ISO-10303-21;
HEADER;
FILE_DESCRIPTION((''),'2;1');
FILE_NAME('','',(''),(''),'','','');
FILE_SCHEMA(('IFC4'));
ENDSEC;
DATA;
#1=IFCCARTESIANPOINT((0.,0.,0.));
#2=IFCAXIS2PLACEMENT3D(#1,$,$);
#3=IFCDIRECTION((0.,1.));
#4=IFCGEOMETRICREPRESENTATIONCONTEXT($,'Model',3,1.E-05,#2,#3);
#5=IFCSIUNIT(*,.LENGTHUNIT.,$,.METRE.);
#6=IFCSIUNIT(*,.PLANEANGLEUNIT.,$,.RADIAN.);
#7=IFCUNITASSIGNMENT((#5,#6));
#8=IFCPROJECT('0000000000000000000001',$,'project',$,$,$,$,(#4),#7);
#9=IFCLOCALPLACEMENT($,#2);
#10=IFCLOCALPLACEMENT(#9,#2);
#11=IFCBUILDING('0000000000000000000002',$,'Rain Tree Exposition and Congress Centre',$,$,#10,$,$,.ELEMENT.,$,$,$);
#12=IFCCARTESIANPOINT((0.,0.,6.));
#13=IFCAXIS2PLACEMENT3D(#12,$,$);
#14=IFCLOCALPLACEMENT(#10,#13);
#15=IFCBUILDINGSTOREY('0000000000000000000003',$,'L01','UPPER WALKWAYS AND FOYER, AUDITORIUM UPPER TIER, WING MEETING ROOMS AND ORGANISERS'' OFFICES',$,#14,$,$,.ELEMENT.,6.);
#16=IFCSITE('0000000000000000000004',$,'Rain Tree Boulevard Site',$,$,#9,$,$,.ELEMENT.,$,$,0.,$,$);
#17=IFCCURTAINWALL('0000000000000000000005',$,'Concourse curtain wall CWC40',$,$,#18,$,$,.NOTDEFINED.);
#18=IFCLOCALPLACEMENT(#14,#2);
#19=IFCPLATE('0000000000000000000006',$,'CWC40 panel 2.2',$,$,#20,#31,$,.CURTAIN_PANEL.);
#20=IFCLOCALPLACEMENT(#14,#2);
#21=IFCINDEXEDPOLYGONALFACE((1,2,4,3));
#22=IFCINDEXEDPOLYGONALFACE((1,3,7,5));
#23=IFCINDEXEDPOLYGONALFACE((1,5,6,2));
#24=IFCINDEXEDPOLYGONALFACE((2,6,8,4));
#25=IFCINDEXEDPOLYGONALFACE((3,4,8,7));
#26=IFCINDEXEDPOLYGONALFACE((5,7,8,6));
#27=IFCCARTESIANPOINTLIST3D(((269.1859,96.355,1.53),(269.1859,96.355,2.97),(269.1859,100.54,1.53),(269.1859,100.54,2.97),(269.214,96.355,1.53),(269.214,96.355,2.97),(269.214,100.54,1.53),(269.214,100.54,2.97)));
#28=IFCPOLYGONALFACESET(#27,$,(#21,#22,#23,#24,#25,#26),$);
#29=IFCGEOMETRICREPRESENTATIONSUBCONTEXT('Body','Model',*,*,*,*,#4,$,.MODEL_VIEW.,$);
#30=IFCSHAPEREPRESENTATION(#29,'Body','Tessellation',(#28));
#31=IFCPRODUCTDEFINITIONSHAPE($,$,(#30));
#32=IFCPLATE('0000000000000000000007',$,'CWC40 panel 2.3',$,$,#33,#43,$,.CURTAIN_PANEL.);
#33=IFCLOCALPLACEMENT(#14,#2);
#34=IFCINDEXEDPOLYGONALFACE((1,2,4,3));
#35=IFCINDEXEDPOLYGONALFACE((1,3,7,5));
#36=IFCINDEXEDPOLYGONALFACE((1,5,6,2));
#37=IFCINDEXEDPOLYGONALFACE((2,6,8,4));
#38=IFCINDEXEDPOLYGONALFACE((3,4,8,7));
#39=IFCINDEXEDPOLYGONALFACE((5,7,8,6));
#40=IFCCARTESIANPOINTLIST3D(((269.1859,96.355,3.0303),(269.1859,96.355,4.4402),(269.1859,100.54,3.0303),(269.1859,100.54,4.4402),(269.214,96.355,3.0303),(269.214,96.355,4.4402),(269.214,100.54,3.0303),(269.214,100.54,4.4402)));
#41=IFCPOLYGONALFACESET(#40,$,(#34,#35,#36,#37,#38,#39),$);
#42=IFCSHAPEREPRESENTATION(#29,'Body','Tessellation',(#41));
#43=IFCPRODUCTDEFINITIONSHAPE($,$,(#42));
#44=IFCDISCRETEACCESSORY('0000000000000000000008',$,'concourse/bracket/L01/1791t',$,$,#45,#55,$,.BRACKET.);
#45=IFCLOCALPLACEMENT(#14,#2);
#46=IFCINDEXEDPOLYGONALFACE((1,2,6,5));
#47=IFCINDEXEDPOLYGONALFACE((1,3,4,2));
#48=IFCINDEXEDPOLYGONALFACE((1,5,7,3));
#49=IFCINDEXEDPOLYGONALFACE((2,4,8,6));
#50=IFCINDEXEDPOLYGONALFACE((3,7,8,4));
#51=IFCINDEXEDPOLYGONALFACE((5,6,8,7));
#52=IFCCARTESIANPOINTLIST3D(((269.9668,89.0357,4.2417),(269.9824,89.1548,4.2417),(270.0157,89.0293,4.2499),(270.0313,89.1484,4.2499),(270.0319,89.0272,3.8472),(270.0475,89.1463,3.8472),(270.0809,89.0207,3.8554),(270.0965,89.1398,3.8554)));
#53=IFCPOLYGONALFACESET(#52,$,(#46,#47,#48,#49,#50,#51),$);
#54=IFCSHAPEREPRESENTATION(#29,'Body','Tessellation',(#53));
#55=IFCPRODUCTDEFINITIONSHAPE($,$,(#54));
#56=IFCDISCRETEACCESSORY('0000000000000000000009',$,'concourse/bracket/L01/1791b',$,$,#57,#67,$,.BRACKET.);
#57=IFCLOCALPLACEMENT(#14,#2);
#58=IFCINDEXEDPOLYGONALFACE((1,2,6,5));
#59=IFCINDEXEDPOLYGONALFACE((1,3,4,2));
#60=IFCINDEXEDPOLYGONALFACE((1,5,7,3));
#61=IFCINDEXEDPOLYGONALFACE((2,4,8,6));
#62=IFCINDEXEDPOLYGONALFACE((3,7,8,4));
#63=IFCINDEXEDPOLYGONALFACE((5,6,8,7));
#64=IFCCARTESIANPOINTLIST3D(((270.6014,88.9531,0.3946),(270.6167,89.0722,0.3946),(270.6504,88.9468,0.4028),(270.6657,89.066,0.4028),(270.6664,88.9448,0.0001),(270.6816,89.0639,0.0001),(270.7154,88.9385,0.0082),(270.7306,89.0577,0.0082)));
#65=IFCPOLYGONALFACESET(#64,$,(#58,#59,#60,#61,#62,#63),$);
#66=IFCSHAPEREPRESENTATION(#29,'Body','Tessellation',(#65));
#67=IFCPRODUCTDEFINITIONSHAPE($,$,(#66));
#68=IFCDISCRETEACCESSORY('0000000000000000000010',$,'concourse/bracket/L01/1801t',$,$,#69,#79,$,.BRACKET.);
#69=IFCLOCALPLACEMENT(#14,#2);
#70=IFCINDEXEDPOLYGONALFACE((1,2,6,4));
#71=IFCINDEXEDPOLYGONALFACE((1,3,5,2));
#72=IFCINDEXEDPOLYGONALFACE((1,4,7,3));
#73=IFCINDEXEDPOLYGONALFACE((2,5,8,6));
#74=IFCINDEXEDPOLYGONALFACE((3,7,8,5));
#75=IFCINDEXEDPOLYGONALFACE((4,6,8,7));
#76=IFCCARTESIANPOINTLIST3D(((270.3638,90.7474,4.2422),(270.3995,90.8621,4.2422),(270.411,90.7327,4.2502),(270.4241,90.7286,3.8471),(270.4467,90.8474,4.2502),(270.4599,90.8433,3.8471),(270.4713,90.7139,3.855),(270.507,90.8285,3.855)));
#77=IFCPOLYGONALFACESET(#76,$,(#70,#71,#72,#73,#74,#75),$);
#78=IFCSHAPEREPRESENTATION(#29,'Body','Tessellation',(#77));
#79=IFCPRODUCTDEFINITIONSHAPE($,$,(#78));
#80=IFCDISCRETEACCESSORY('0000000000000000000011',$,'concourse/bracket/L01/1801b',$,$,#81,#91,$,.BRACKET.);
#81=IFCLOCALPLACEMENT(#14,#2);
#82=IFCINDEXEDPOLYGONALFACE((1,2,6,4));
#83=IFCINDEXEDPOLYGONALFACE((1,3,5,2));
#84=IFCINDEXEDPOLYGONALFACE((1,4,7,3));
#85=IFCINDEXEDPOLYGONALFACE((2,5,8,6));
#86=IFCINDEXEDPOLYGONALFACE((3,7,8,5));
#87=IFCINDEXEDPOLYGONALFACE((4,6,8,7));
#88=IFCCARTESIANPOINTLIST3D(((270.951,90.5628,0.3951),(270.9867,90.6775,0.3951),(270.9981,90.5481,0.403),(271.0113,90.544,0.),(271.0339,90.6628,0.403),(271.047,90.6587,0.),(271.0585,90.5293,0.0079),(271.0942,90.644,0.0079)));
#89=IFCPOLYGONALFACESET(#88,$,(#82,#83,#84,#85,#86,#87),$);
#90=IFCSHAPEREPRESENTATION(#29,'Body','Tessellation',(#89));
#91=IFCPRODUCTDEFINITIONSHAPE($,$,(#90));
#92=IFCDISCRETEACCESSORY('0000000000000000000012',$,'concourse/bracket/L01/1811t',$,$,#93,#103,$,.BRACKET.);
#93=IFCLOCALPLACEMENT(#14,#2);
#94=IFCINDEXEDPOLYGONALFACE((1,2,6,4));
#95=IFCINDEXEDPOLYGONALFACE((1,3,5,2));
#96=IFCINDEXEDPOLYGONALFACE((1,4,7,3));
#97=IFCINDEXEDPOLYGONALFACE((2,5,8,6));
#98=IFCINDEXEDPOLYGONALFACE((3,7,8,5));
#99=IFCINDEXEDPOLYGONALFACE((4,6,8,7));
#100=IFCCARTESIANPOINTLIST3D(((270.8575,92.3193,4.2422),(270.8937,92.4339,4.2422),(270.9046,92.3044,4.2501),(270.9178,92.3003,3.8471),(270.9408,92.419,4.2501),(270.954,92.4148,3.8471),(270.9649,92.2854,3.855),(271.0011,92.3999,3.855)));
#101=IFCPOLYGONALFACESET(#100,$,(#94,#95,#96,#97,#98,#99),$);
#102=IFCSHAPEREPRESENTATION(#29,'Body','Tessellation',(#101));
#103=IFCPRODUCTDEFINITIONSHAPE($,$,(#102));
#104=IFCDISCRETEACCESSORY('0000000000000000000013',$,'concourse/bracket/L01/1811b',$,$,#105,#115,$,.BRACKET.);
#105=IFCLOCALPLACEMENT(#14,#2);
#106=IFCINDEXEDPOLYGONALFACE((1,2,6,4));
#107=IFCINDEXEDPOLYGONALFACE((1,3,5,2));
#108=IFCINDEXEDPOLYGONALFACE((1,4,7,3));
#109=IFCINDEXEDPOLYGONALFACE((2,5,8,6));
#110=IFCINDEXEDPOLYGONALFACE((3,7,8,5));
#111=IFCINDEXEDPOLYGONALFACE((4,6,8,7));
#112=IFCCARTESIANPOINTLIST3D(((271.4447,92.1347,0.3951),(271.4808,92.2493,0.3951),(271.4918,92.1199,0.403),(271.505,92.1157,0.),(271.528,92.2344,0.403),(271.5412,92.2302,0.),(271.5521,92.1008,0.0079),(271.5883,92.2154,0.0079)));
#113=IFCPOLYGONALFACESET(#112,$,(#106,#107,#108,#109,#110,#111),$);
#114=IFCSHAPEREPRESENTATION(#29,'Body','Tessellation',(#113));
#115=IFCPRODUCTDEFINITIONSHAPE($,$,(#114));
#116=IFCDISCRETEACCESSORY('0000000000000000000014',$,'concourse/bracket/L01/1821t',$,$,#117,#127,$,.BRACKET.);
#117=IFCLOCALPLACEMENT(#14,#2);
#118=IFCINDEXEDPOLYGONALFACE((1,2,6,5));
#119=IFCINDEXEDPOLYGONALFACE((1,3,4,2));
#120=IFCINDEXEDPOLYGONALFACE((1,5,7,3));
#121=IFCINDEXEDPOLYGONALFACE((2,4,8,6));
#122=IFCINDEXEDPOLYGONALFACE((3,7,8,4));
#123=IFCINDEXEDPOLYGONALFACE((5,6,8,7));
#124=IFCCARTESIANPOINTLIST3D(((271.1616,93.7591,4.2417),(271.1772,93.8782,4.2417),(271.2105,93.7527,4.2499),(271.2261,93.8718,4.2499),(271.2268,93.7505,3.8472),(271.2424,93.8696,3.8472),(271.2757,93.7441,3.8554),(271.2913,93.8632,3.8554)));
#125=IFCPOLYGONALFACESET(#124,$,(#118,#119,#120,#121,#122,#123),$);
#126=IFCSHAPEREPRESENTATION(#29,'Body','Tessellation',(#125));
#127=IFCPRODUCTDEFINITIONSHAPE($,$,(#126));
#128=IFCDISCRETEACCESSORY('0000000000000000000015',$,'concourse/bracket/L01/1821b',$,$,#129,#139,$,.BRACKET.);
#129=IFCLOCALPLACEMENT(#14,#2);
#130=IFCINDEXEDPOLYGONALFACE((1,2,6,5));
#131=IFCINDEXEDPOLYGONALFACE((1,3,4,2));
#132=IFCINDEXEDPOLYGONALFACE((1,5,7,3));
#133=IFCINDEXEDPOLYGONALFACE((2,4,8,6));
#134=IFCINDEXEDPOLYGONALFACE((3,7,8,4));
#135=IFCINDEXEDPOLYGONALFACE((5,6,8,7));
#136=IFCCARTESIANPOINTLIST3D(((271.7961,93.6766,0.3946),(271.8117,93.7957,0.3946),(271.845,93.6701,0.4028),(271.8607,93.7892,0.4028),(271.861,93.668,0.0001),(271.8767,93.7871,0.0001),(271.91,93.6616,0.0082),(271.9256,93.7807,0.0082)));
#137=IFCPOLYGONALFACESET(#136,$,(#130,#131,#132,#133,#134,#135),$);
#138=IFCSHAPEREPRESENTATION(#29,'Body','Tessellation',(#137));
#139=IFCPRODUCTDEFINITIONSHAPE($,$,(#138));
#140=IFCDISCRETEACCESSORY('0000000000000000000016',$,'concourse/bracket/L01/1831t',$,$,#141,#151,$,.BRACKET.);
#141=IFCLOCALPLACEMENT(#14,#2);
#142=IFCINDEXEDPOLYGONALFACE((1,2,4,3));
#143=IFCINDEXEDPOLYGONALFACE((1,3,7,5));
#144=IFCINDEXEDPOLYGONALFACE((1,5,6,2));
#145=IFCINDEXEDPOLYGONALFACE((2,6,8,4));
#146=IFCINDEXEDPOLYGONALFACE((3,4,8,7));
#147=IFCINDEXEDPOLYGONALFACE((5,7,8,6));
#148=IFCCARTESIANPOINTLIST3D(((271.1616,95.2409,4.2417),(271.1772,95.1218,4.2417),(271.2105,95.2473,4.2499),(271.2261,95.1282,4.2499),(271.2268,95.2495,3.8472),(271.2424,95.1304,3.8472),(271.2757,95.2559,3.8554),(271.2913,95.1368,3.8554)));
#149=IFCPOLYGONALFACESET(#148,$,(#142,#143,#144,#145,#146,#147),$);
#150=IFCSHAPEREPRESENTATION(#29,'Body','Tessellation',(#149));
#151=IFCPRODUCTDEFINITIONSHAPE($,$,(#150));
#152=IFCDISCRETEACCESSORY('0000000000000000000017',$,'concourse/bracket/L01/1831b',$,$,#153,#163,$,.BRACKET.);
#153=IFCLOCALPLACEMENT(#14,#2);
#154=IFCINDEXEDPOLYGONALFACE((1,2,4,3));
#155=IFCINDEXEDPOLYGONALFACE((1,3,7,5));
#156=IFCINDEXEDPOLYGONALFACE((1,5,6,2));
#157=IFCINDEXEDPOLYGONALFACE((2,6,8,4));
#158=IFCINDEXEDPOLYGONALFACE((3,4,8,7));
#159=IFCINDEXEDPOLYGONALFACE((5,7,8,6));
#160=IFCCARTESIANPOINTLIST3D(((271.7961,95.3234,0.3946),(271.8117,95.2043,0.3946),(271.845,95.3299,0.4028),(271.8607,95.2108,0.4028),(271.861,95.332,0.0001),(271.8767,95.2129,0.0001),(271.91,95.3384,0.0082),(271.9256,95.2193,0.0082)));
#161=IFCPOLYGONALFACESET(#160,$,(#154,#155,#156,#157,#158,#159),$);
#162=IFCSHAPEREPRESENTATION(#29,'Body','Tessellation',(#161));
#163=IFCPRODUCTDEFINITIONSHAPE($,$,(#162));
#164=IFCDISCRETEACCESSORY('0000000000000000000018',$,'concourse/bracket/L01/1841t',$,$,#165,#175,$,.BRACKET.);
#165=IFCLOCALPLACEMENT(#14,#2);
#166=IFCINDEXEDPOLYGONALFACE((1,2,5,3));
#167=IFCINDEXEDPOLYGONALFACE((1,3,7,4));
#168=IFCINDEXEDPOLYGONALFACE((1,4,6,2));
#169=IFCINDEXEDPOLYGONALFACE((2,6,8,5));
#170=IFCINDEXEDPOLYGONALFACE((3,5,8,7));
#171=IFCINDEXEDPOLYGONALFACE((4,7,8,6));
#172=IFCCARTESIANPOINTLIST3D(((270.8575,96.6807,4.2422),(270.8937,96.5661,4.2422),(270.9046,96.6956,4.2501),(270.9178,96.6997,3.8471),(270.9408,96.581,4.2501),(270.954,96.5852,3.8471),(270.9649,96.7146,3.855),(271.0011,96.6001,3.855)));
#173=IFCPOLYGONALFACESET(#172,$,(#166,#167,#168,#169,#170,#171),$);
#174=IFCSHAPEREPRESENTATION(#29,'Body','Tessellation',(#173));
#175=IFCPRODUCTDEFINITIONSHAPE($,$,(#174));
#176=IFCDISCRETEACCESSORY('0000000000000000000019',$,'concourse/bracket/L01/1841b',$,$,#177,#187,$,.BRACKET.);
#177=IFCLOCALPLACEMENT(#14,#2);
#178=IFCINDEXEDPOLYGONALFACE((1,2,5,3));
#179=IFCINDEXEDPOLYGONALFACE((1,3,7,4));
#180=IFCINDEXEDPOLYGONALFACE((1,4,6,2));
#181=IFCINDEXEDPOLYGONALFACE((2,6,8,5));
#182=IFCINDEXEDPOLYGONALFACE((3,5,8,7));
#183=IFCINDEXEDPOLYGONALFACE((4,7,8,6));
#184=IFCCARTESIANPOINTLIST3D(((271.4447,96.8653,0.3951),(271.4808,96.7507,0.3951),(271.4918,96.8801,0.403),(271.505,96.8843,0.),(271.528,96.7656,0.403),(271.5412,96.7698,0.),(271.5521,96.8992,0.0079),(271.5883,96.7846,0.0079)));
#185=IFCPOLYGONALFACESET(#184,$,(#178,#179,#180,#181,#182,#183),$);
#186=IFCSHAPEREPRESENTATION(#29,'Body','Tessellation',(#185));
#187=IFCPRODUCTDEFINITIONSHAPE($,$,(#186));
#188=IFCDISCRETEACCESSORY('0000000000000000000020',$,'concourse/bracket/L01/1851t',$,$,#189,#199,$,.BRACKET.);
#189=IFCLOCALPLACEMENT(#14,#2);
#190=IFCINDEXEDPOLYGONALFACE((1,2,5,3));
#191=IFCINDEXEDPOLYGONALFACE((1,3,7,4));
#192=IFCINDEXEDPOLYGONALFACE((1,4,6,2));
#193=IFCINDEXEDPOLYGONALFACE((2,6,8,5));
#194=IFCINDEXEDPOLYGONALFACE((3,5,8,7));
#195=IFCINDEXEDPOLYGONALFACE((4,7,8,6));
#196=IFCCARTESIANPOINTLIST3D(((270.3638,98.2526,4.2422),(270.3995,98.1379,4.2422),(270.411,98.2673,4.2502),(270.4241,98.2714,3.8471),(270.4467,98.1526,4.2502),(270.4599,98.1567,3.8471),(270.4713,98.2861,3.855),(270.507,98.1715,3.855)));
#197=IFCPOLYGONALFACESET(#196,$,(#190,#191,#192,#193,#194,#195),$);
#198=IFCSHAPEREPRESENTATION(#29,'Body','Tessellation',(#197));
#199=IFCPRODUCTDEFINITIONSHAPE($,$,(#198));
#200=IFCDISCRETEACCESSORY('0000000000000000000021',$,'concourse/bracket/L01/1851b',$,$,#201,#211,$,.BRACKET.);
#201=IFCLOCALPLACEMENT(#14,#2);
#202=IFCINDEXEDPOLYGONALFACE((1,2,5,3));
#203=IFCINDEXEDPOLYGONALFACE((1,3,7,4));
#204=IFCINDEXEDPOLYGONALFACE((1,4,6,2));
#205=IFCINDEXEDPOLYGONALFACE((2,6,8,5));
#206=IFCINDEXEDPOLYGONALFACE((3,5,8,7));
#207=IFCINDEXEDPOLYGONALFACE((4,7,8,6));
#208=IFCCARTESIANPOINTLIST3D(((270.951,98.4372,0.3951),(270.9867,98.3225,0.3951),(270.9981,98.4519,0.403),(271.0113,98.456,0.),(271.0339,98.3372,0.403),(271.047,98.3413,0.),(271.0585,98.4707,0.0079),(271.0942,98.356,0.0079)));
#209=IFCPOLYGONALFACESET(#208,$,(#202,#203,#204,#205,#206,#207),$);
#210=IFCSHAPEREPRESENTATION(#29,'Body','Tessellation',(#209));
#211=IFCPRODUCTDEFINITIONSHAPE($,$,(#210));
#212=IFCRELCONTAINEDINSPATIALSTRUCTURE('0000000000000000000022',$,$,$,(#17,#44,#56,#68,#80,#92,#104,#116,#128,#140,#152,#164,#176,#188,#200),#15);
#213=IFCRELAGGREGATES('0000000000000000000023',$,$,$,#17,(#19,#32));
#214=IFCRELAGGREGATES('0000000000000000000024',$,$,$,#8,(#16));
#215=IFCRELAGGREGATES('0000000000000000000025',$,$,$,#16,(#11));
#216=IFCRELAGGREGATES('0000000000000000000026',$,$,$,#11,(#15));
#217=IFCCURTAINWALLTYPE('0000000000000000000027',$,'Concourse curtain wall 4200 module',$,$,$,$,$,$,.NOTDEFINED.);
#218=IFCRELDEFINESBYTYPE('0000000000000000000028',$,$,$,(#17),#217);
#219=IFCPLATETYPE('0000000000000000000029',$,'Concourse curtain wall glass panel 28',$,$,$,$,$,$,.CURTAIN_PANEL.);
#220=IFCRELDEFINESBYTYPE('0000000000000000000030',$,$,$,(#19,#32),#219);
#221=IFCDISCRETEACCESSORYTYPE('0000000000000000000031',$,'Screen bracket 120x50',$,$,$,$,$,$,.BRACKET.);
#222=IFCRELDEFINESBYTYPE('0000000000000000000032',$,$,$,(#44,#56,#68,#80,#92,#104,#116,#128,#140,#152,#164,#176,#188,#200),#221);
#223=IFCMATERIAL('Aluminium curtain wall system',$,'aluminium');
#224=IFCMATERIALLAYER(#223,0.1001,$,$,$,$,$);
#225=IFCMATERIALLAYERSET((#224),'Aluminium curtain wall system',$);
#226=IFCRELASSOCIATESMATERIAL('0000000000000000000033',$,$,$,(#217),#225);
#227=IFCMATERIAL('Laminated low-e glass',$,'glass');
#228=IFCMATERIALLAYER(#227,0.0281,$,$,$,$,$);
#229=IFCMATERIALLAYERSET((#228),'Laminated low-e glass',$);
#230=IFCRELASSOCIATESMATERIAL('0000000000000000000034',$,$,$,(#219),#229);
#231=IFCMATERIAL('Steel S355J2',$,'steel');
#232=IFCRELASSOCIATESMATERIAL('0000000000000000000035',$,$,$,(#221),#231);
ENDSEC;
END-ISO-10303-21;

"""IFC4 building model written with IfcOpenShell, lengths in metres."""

from ifc_helpers import new_model, si_unit, direction, frame, origin, origin_2d, place, context, subcontext, project, spatial, rectangle, extrude, material, layer, layer_set, material_profile, profile_set, type_object, element, aggregate, save


model = new_model("IFC4")

# Units and contexts
model_context = context("Model", 3, precision=1e-05, world=origin(), true_north=direction((0.0, 1.0)))
body_context = subcontext(model_context, "Body", "Model", "MODEL_VIEW")
ifc_project = project(units=[si_unit("LENGTHUNIT", "METRE"), si_unit("PLANEANGLEUNIT", "RADIAN")], contexts=[model_context])

# Site, building, storey
site_placement = place(None, origin())
site = spatial("IfcSite", under=ifc_project, at=site_placement, Name="Rain Tree Boulevard Site", CompositionType="ELEMENT", RefElevation=0.0)
building_placement = place(site_placement, origin())
building = spatial("IfcBuilding", under=site, at=building_placement, Name="Rain Tree Exposition and Congress Centre", CompositionType="ELEMENT")
storey_placement = place(building_placement, frame((0.0, 0.0, 6.0)))
storey = spatial("IfcBuildingStorey", under=building, at=storey_placement, Name="L01", Description="UPPER WALKWAYS AND FOYER, AUDITORIUM UPPER TIER, WING MEETING ROOMS AND ORGANISERS' OFFICES", CompositionType="ELEMENT", Elevation=6.0)

# Curtain wall, plates
ifc_material_1 = material(Name="Aluminium curtain wall system", Category="aluminium")
ifc_layer_1 = layer(ifc_material_1, 0.1001)
ifc_layer_set_1 = layer_set([ifc_layer_1], Name="Aluminium curtain wall system")
curtain_wall_type = type_object("IfcCurtainWallType", Name="Concourse curtain wall 4200 module", PredefinedType="NOTDEFINED", material=ifc_layer_set_1)
curtain_wall_placement = place(storey_placement, origin())
curtain_wall = element("IfcCurtainWall", 1, at=curtain_wall_placement, inside=storey, type_object=curtain_wall_type, Name="Concourse curtain wall CWC40", PredefinedType="NOTDEFINED")
ifc_material_2 = material(Name="Laminated low-e glass", Category="glass")
ifc_layer_2 = layer(ifc_material_2, 0.0281)
ifc_layer_set_2 = layer_set([ifc_layer_2], Name="Laminated low-e glass")
plate_type = type_object("IfcPlateType", Name="Concourse curtain wall glass panel 28", PredefinedType="CURTAIN_PANEL", material=ifc_layer_set_2)
plate_1_placement = place(storey_placement, frame((269.2, 98.4475, 1.53), z_axis=(0.0, 0.0, 1.0), x_axis=(0.0, 1.0, 0.0)))
plate_1 = element("IfcPlate", 2, at=plate_1_placement, type_object=plate_type, Name="CWC40 panel 2.2", PredefinedType="CURTAIN_PANEL", context=body_context, shape_type="SweptSolid", body=[
    extrude(rectangle(XDim=4.1851, YDim=0.0281, at=origin_2d()), origin(), (0.0, 0.0, 1.0), 1.4399),
])
plate_2_placement = place(storey_placement, frame((269.2, 98.4475, 3.0303), z_axis=(0.0, 0.0, 1.0), x_axis=(0.0, 1.0, 0.0)))
plate_2 = element("IfcPlate", 3, at=plate_2_placement, type_object=plate_type, Name="CWC40 panel 2.3", PredefinedType="CURTAIN_PANEL", context=body_context, shape_type="SweptSolid", body=[
    extrude(rectangle(XDim=4.1851, YDim=0.0281, at=origin_2d()), origin(), (0.0, 0.0, 1.0), 1.4099),
])
aggregate(curtain_wall, [plate_1, plate_2])

# Discrete accessories
ifc_material_3 = material(Name="Steel S355J2", Category="steel")
ifc_material_profile_1 = material_profile(ifc_material_3, rectangle(XDim=0.1201, YDim=0.05, at=origin_2d()), Name="Flat bar 120x50")
ifc_profile_set_1 = profile_set([ifc_material_profile_1], Name="Steel S355J2")
discrete_accessory_type = type_object("IfcDiscreteAccessoryType", Name="Screen bracket 120x50", PredefinedType="BRACKET", material=ifc_profile_set_1)
for number, where, z_axis, x_axis, name in (
    (4, (270.0642, 89.0835, 3.8513), (-0.162976, 0.021364, 0.986399), (-0.129974, -0.991517, 0.0), "concourse/bracket/L01/1791t"),
    (5, (270.6985, 89.0012, 0.0042), (-0.162383, 0.020756, 0.986509), (-0.126788, -0.99193, 0.0), "concourse/bracket/L01/1791b"),
):
    element("IfcDiscreteAccessory", number, at=place(storey_placement, frame(where, z_axis=z_axis, x_axis=x_axis)), inside=storey, type_object=discrete_accessory_type, Name=name, PredefinedType="BRACKET", context=body_context, shape_type="SweptSolid", body=[
        extrude(rectangle(XDim=0.1201, YDim=0.05, at=origin_2d()), origin(), (0.0, 0.0, 1.0), 0.3999),
    ])
for number, where, z_axis, x_axis, name in (
    (6, (270.4656, 90.7786, 3.8511), (-0.150743, 0.046993, 0.987456), (-0.297615, -0.954686, 0.0), "concourse/bracket/L01/1801t"),
    (7, (271.0527, 90.594, 0.0039), (-0.150743, 0.046993, 0.987456), (-0.297615, -0.954686, 0.0), "concourse/bracket/L01/1801b"),
    (8, (270.9595, 92.3501, 3.8511), (-0.150738, 0.047602, 0.987427), (-0.301131, -0.953583, 0.0), "concourse/bracket/L01/1811t"),
    (9, (271.5466, 92.1655, 0.0039), (-0.150738, 0.047602, 0.987427), (-0.301131, -0.953583, 0.0), "concourse/bracket/L01/1811b"),
):
    element("IfcDiscreteAccessory", number, at=place(storey_placement, frame(where, z_axis=z_axis, x_axis=x_axis)), inside=storey, type_object=discrete_accessory_type, Name=name, PredefinedType="BRACKET", context=body_context, shape_type="SweptSolid", body=[
        extrude(rectangle(XDim=0.1201, YDim=0.05, at=origin_2d()), origin(), (0.0, 0.0, 1.0), 0.4001),
    ])
for number, where, z_axis, x_axis, name in (
    (10, (271.259, 93.8069, 3.8513), (-0.162976, 0.021364, 0.986399), (-0.129974, -0.991517, 0.0), "concourse/bracket/L01/1821t"),
    (11, (271.8933, 93.7244, 0.0042), (-0.162381, 0.021366, 0.986497), (-0.130455, -0.991454, 0.0), "concourse/bracket/L01/1821b"),
    (12, (271.259, 95.1931, 3.8513), (-0.162976, -0.021364, 0.986399), (0.129974, -0.991517, 0.0), "concourse/bracket/L01/1831t"),
    (13, (271.8933, 95.2756, 0.0042), (-0.162381, -0.021366, 0.986497), (0.130455, -0.991454, 0.0), "concourse/bracket/L01/1831b"),
):
    element("IfcDiscreteAccessory", number, at=place(storey_placement, frame(where, z_axis=z_axis, x_axis=x_axis)), inside=storey, type_object=discrete_accessory_type, Name=name, PredefinedType="BRACKET", context=body_context, shape_type="SweptSolid", body=[
        extrude(rectangle(XDim=0.1201, YDim=0.05, at=origin_2d()), origin(), (0.0, 0.0, 1.0), 0.3999),
    ])
for number, where, z_axis, x_axis, name in (
    (14, (270.9595, 96.6499, 3.8511), (-0.150738, -0.047602, 0.987427), (0.301131, -0.953583, 0.0), "concourse/bracket/L01/1841t"),
    (15, (271.5466, 96.8345, 0.0039), (-0.150738, -0.047602, 0.987427), (0.301131, -0.953583, 0.0), "concourse/bracket/L01/1841b"),
    (16, (270.4656, 98.2214, 3.8511), (-0.150743, -0.046993, 0.987456), (0.297615, -0.954686, 0.0), "concourse/bracket/L01/1851t"),
    (17, (271.0527, 98.406, 0.0039), (-0.150743, -0.046993, 0.987456), (0.297615, -0.954686, 0.0), "concourse/bracket/L01/1851b"),
):
    element("IfcDiscreteAccessory", number, at=place(storey_placement, frame(where, z_axis=z_axis, x_axis=x_axis)), inside=storey, type_object=discrete_accessory_type, Name=name, PredefinedType="BRACKET", context=body_context, shape_type="SweptSolid", body=[
        extrude(rectangle(XDim=0.1201, YDim=0.05, at=origin_2d()), origin(), (0.0, 0.0, 1.0), 0.4001),
    ])

save(model, "model.ifc")
